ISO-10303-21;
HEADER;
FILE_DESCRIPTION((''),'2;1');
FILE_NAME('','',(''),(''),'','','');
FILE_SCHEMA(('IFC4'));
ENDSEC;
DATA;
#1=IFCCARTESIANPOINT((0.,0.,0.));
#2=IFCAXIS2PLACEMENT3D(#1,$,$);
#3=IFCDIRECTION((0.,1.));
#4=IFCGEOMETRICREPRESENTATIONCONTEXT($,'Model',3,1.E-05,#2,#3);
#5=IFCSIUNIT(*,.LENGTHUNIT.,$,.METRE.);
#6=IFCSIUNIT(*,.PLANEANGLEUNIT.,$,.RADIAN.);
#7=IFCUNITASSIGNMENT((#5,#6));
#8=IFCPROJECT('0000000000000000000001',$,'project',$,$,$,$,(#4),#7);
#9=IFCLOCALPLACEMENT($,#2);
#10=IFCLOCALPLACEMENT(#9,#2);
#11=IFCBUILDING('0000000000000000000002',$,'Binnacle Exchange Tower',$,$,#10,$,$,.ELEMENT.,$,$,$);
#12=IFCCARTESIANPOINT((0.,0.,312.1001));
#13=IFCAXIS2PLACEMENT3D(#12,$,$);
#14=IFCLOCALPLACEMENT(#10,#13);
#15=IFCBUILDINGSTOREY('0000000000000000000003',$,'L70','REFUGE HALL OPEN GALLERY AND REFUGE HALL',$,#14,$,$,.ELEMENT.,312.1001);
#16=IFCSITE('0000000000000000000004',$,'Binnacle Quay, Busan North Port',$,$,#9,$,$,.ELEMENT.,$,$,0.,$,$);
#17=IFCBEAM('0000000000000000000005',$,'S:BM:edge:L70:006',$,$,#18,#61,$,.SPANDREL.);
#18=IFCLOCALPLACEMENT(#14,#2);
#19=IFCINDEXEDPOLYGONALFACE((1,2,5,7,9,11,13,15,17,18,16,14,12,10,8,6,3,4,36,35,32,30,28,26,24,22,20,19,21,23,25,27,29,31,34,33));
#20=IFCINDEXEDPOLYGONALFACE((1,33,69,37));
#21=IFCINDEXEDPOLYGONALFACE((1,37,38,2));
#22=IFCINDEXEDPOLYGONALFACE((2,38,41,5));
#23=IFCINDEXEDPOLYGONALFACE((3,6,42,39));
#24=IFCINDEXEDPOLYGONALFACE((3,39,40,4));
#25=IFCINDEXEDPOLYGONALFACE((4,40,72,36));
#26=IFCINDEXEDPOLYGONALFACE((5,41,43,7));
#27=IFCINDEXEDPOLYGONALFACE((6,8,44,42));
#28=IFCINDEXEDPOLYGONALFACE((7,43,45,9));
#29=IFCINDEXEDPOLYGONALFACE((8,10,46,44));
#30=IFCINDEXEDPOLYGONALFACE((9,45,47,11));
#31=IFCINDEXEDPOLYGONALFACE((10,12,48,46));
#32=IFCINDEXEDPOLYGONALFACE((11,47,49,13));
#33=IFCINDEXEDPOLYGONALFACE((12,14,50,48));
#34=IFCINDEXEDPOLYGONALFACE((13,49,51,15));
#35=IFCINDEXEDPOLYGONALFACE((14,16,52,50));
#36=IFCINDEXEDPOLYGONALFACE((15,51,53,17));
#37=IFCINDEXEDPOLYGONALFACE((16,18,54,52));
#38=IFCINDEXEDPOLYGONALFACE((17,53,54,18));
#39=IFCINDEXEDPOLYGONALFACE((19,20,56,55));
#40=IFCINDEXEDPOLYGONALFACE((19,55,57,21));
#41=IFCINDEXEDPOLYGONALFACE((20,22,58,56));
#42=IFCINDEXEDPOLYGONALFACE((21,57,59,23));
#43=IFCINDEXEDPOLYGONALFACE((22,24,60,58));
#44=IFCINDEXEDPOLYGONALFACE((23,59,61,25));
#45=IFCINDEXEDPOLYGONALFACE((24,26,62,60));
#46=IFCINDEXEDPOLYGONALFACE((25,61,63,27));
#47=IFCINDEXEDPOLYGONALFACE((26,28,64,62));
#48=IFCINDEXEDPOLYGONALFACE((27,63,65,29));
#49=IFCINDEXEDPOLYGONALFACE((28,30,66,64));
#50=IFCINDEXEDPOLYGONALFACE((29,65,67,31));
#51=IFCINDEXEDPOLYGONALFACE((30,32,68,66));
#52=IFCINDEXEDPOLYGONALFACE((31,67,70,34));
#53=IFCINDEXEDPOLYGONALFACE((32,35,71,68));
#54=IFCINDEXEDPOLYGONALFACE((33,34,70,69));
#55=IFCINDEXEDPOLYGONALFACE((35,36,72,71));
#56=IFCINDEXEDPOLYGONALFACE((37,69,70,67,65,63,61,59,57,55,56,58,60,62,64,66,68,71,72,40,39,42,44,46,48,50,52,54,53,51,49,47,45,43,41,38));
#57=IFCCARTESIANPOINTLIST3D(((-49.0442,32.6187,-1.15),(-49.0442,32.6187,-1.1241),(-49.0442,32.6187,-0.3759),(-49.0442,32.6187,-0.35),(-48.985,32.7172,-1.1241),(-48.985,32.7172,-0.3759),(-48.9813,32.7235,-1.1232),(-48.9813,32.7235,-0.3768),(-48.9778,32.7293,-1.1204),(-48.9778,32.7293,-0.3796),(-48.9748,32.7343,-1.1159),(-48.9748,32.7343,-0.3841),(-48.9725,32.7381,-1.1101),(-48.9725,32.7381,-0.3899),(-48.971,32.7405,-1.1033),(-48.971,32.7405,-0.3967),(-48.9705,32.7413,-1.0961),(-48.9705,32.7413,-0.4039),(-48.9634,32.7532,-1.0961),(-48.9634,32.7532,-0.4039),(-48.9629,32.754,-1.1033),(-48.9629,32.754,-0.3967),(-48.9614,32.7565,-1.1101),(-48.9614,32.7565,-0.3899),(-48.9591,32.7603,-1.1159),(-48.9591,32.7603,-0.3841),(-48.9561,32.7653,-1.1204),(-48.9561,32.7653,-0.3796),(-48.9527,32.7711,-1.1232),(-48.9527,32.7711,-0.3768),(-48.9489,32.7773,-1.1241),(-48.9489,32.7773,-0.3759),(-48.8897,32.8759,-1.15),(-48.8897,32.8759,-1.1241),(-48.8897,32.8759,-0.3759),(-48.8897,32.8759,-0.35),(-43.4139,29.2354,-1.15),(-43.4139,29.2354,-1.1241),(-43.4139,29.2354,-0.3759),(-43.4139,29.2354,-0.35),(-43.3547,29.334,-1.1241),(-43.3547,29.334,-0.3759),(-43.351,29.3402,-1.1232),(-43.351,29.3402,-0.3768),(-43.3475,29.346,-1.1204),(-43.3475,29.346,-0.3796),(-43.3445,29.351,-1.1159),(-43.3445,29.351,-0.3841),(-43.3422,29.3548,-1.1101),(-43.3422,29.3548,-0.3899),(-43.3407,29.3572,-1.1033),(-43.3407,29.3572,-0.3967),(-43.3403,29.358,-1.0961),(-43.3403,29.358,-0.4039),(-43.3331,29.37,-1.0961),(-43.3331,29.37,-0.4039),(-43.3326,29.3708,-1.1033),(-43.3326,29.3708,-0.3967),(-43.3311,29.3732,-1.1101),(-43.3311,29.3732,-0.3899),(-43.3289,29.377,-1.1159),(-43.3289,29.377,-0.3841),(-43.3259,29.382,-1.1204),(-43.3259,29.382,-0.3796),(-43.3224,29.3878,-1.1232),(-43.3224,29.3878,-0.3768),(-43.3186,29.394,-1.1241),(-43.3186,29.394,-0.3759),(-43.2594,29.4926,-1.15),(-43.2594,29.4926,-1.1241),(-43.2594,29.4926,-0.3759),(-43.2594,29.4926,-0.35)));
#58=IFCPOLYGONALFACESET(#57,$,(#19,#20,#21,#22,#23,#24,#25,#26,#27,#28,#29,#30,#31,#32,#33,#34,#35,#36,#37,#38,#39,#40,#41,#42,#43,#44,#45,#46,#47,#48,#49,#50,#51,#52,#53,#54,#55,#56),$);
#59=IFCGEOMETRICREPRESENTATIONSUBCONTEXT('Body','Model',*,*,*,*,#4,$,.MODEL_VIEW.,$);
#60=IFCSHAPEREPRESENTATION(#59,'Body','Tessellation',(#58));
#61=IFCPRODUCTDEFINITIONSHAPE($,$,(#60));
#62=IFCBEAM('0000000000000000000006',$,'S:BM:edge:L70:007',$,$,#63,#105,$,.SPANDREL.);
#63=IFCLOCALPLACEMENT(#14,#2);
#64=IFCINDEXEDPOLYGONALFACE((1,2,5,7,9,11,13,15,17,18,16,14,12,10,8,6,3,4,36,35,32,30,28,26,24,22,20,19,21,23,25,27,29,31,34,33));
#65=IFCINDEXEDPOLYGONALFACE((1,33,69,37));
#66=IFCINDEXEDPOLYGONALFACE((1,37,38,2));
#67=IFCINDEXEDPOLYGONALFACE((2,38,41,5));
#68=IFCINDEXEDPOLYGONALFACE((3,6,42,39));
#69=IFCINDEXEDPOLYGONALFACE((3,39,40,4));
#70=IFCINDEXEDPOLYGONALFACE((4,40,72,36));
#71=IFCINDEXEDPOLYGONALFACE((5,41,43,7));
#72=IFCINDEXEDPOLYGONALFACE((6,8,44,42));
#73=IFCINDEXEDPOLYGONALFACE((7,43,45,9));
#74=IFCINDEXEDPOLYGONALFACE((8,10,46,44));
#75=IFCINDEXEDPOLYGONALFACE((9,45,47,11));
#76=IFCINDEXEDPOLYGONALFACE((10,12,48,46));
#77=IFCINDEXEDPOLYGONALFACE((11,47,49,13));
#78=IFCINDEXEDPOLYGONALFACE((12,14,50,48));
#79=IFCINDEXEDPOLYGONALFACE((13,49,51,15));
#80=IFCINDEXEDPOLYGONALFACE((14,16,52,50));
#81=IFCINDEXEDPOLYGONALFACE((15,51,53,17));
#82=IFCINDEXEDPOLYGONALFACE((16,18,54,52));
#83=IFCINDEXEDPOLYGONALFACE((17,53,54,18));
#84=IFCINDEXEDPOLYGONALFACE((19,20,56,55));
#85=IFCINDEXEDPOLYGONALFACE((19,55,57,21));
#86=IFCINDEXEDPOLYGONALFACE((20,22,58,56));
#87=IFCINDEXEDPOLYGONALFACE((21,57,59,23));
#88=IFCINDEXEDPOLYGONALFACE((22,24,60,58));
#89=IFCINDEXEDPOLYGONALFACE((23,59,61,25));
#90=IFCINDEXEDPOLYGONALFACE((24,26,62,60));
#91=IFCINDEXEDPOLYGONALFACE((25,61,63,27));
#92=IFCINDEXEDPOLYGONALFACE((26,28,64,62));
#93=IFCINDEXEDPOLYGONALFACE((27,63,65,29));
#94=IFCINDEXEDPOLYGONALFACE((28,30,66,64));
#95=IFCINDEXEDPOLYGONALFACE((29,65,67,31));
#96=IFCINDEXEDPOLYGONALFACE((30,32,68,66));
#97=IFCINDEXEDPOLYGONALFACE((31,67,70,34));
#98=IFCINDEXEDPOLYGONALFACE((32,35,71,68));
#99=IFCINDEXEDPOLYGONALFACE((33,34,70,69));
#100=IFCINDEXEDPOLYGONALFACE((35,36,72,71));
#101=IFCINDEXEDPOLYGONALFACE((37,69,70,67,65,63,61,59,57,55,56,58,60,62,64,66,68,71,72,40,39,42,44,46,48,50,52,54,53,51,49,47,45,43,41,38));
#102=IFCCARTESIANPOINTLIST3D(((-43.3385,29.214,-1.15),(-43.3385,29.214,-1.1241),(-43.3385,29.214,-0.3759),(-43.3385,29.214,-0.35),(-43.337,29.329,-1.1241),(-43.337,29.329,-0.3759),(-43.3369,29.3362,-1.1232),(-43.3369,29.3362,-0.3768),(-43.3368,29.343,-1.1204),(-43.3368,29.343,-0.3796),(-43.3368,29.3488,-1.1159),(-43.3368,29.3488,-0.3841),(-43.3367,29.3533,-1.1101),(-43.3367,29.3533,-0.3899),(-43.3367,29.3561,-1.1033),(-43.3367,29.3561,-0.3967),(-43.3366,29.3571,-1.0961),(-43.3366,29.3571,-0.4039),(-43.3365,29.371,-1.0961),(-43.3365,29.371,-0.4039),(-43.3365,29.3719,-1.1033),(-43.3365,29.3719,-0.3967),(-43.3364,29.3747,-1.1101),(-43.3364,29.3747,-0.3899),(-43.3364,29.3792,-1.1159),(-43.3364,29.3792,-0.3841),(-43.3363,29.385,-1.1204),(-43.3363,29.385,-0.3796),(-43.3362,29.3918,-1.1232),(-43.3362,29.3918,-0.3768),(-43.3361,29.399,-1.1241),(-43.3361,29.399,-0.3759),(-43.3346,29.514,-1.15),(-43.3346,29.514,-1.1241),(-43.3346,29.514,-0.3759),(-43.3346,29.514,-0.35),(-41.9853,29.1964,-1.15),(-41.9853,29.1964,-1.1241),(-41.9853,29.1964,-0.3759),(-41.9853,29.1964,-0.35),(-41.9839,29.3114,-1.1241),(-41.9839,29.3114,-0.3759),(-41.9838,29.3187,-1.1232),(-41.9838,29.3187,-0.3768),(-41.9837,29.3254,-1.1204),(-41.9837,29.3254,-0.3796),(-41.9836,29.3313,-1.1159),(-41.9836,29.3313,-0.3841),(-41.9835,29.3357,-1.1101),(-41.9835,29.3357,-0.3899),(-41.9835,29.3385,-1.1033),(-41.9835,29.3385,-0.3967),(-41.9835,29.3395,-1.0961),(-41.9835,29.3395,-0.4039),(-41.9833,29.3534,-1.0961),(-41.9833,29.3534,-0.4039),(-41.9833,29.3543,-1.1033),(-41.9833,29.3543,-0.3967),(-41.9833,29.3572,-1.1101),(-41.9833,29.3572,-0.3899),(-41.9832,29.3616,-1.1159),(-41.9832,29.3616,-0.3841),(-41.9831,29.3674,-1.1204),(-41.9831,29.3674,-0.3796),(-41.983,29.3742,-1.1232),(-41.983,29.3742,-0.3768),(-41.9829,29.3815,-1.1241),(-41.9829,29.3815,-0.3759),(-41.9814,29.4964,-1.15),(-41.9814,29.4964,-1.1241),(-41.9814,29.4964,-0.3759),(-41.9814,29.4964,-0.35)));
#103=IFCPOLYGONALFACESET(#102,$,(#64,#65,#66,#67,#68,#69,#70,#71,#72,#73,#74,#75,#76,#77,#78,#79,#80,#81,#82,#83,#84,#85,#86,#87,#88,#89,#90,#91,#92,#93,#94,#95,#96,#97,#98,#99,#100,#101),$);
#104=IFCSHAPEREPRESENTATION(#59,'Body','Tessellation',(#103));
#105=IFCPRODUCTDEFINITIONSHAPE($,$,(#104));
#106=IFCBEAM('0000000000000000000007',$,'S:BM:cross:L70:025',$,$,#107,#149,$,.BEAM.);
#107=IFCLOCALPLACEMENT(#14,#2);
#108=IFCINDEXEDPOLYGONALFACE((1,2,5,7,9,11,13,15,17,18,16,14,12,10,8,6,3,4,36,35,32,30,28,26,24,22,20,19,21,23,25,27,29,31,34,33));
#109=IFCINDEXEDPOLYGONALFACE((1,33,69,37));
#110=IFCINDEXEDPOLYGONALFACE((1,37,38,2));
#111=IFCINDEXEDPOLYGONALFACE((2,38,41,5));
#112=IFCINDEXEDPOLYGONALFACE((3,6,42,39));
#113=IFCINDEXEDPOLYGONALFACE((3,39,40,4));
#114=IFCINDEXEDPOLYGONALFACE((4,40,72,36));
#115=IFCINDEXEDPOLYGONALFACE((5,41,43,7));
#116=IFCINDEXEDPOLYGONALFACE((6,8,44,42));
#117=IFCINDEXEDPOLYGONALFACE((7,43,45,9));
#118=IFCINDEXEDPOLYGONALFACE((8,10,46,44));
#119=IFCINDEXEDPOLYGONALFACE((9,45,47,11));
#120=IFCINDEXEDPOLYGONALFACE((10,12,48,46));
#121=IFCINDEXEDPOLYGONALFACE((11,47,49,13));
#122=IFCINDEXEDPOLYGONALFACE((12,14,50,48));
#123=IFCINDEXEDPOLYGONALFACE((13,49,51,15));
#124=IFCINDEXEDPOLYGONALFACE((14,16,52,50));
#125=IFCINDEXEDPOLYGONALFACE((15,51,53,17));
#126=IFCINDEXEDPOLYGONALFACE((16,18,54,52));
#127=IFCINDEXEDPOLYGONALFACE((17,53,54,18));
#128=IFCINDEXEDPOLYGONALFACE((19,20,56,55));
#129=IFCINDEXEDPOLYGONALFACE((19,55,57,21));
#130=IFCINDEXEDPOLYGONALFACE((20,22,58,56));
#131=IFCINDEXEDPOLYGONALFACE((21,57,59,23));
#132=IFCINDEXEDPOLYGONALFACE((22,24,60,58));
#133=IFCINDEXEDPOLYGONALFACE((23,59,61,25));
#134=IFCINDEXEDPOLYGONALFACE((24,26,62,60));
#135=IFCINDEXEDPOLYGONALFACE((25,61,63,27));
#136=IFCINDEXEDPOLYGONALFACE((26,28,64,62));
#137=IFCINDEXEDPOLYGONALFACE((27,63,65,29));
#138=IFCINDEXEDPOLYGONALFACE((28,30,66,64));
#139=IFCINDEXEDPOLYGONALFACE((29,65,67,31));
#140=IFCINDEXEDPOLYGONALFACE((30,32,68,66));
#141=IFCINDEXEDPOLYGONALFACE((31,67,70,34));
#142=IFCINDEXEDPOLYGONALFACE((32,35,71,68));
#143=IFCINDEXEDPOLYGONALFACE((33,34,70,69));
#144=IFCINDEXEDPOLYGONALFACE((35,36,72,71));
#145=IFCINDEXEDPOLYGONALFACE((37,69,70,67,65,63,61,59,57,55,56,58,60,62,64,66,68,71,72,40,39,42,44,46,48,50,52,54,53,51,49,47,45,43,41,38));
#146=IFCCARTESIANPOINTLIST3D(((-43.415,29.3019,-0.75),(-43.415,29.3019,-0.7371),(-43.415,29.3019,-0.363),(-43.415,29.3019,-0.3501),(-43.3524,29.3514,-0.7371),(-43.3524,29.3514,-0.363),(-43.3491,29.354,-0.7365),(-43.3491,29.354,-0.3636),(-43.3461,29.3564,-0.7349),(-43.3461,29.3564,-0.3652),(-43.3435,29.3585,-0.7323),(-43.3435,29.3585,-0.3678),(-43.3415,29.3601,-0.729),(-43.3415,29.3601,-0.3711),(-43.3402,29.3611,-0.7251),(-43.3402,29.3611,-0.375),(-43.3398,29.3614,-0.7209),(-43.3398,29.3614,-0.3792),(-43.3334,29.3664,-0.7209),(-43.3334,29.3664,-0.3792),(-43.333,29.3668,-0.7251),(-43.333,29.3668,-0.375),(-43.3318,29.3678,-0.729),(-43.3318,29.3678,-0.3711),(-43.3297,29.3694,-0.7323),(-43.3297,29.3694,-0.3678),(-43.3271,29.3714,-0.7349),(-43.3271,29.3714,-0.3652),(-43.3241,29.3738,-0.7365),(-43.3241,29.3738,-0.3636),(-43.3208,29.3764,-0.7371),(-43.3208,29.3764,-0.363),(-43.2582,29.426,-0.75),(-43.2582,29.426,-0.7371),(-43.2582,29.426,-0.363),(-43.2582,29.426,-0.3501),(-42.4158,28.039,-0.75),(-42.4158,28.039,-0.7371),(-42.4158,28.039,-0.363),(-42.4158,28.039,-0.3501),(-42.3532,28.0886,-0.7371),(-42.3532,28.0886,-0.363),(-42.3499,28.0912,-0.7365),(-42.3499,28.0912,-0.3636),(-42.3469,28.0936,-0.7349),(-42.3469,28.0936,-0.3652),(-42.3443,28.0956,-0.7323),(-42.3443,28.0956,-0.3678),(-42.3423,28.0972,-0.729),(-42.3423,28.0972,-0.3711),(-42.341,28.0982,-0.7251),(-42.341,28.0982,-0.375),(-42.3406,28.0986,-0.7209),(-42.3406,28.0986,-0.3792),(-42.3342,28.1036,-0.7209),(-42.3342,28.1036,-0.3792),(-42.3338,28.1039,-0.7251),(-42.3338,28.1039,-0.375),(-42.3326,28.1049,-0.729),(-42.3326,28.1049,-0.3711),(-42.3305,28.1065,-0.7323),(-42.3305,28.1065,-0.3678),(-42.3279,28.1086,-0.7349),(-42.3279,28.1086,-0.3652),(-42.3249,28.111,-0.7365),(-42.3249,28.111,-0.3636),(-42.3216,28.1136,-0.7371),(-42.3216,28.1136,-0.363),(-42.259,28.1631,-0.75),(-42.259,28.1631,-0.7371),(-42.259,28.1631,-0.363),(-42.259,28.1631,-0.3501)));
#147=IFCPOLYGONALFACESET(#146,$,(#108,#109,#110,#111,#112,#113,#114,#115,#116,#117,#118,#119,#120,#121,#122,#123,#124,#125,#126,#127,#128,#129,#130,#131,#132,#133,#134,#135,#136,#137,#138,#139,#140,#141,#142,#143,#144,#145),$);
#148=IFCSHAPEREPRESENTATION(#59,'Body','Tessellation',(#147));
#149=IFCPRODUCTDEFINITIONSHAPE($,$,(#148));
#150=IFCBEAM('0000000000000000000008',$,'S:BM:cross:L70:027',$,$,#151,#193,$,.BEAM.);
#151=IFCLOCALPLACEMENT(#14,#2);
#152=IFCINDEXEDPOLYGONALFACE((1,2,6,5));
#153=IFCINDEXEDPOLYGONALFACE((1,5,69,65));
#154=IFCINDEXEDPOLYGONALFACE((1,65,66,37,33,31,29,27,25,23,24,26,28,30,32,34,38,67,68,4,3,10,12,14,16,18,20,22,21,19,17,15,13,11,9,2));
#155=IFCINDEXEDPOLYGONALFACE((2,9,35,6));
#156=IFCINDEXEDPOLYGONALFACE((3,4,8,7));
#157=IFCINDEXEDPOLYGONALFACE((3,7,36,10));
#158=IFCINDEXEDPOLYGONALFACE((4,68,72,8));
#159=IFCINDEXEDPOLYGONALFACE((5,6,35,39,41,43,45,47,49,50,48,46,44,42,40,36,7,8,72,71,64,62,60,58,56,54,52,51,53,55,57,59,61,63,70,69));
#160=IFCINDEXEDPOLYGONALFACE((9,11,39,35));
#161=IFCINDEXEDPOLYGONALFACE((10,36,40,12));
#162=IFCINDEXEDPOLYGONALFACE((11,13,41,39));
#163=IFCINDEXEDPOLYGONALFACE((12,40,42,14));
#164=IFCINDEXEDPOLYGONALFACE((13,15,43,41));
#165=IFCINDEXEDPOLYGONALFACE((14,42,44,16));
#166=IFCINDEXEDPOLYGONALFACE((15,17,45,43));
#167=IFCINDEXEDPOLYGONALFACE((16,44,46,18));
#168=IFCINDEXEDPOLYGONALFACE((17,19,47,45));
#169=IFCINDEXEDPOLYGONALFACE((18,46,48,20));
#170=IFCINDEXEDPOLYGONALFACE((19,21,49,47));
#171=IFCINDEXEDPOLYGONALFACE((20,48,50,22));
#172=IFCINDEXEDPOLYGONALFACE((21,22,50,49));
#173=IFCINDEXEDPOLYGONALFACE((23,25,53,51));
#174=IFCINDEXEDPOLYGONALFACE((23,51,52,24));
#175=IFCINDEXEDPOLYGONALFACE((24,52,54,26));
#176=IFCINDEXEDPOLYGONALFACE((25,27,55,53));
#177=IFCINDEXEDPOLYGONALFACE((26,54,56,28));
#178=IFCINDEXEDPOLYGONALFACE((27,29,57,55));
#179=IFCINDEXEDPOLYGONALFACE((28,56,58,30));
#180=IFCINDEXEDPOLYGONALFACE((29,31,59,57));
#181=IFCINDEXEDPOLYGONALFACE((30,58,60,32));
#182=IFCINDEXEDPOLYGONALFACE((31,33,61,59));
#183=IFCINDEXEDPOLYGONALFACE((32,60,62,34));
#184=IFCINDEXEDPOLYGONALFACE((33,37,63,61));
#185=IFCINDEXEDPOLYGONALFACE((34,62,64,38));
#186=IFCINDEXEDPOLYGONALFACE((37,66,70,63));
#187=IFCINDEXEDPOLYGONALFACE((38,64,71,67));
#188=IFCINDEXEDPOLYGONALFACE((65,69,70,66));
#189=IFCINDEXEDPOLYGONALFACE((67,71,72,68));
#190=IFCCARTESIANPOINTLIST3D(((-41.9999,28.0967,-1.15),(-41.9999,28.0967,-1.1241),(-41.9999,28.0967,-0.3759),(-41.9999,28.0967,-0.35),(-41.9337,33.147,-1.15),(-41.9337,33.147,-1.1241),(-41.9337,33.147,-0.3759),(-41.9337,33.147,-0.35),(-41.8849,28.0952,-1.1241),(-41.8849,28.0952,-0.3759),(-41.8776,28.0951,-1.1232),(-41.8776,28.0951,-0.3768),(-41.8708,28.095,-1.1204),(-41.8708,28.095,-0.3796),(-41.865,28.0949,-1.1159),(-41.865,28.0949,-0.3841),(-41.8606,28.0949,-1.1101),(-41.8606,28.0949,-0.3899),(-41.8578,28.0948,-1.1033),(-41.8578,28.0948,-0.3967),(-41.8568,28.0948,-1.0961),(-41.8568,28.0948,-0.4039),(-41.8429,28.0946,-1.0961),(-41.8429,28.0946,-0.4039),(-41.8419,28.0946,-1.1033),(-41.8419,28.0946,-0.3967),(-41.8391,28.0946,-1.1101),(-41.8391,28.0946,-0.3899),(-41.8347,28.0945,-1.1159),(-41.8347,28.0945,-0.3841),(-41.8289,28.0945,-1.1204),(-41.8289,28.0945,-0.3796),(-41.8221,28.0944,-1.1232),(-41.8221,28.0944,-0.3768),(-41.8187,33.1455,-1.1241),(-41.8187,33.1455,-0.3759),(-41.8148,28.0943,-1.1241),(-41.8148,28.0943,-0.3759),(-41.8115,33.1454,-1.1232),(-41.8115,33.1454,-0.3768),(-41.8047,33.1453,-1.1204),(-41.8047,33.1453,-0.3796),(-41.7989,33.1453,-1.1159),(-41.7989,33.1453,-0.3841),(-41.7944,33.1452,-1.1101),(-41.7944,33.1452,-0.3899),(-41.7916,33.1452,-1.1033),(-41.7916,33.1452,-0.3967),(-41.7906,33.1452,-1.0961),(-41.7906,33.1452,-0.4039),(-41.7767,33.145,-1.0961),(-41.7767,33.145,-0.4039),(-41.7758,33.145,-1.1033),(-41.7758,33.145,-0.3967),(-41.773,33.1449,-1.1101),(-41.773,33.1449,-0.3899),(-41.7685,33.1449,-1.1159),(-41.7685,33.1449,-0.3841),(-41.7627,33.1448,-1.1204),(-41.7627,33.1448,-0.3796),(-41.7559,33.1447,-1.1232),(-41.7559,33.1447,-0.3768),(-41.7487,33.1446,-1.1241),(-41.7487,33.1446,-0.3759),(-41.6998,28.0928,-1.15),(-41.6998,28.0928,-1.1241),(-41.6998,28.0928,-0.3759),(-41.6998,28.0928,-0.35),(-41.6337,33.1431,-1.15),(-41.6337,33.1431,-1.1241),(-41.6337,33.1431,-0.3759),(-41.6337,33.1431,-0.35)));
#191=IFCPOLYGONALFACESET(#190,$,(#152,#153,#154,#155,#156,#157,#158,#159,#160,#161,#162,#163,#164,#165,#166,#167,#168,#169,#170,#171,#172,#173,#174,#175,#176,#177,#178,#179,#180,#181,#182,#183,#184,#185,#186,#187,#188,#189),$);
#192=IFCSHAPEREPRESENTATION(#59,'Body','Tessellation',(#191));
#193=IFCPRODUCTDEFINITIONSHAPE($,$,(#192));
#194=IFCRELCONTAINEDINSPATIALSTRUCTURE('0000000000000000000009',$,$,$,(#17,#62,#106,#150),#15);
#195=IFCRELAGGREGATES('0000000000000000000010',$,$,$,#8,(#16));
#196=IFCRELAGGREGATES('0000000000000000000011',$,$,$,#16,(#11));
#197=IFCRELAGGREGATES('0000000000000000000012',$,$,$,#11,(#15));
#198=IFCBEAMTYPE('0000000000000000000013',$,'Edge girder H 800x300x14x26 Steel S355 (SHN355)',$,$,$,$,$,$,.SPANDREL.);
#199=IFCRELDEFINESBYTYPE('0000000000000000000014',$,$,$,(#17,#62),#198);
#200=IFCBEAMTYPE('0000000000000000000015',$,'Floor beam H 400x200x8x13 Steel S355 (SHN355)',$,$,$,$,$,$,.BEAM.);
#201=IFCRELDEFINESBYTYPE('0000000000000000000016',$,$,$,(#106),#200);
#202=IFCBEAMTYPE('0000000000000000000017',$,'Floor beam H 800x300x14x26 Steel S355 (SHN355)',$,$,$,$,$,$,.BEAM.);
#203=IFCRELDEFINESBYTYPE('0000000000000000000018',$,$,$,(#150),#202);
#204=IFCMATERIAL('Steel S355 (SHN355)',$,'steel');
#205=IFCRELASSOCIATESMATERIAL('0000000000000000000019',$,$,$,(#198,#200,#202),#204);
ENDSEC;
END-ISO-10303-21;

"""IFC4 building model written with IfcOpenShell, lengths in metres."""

from ifc_helpers import new_model, si_unit, direction, frame, origin, origin_2d, place, context, subcontext, project, spatial, i_section, extrude, material, material_profile, profile_set, type_object, element, save


model = new_model("IFC4")

# Units and contexts
model_context = context("Model", 3, precision=1e-05, world=origin(), true_north=direction((0.0, 1.0)))
body_context = subcontext(model_context, "Body", "Model", "MODEL_VIEW")
ifc_project = project(units=[si_unit("LENGTHUNIT", "METRE"), si_unit("PLANEANGLEUNIT", "RADIAN")], contexts=[model_context])

# Site, building, storey
site_placement = place(None, origin())
site = spatial("IfcSite", under=ifc_project, at=site_placement, Name="Binnacle Quay, Busan North Port", CompositionType="ELEMENT", RefElevation=0.0)
building_placement = place(site_placement, origin())
building = spatial("IfcBuilding", under=site, at=building_placement, Name="Binnacle Exchange Tower", CompositionType="ELEMENT")
storey_placement = place(building_placement, frame((0.0, 0.0, 312.1001)))
storey = spatial("IfcBuildingStorey", under=building, at=storey_placement, Name="L70", Description="REFUGE HALL OPEN GALLERY AND REFUGE HALL", CompositionType="ELEMENT", Elevation=312.1001)

# Shared definitions
ifc_material_1 = material(Name="Steel S355 (SHN355)", Category="steel")

# Beams
ifc_material_profile_1 = material_profile(ifc_material_1, i_section(OverallWidth=0.3, OverallDepth=0.8, WebThickness=0.0139, FlangeThickness=0.0259, FilletRadius=0.0281, at=origin_2d()), Name="H 800x300x14x26")
ifc_profile_set_1 = profile_set([ifc_material_profile_1], Name="Steel S355 (SHN355)")
beam_type_1 = type_object("IfcBeamType", Name="Edge girder H 800x300x14x26 Steel S355 (SHN355)", PredefinedType="SPANDREL", material=ifc_profile_set_1)
beam_1_placement = place(storey_placement, frame((-43.3367, 29.364, -0.75), z_axis=(-0.857152, 0.515064, 0.0), x_axis=(-0.515064, -0.857152, 0.0)))
element("IfcBeam", 1, at=beam_1_placement, inside=storey, type_object=beam_type_1, Name="S:BM:edge:L70:006", PredefinedType="SPANDREL", context=body_context, shape_type="SweptSolid", body=[
    extrude(i_section(OverallWidth=0.3, OverallDepth=0.8, WebThickness=0.0139, FlangeThickness=0.0259, FilletRadius=0.0281, at=origin_2d()), origin(), (0.0, 0.0, 1.0), 6.5686),
])
beam_2_placement = place(storey_placement, frame((-41.9834, 29.3464, -0.75), z_axis=(-0.999916, 0.012988, 0.0), x_axis=(-0.012988, -0.999916, 0.0)))
element("IfcBeam", 2, at=beam_2_placement, inside=storey, type_object=beam_type_1, Name="S:BM:edge:L70:007", PredefinedType="SPANDREL", context=body_context, shape_type="SweptSolid", body=[
    extrude(i_section(OverallWidth=0.3, OverallDepth=0.8, WebThickness=0.0139, FlangeThickness=0.0259, FilletRadius=0.0281, at=origin_2d()), origin(), (0.0, 0.0, 1.0), 1.3533),
])
ifc_material_profile_2 = material_profile(ifc_material_1, i_section(OverallWidth=0.2, OverallDepth=0.3999, WebThickness=0.0081, FlangeThickness=0.0129, FilletRadius=0.0161, at=origin_2d()), Name="H 400x200x8x13")
ifc_profile_set_2 = profile_set([ifc_material_profile_2], Name="Steel S355 (SHN355)")
beam_type_2 = type_object("IfcBeamType", Name="Floor beam H 400x200x8x13 Steel S355 (SHN355)", PredefinedType="BEAM", material=ifc_profile_set_2)
beam_3_placement = place(storey_placement, frame((-42.3374, 28.1011, -0.55), z_axis=(-0.620489, 0.784215, 0.0), x_axis=(-0.784215, -0.620489, 0.0)))
element("IfcBeam", 3, at=beam_3_placement, inside=storey, type_object=beam_type_2, Name="S:BM:cross:L70:025", PredefinedType="BEAM", context=body_context, shape_type="SweptSolid", body=[
    extrude(i_section(OverallWidth=0.2, OverallDepth=0.3999, WebThickness=0.0081, FlangeThickness=0.0129, FilletRadius=0.0161, at=origin_2d()), origin(), (0.0, 0.0, 1.0), 1.6104),
])
ifc_material_profile_3 = material_profile(ifc_material_1, i_section(OverallWidth=0.3, OverallDepth=0.8, WebThickness=0.0139, FlangeThickness=0.0259, FilletRadius=0.0281, at=origin_2d()), Name="H 800x300x14x26")
ifc_profile_set_3 = profile_set([ifc_material_profile_3], Name="Steel S355 (SHN355)")
beam_type_3 = type_object("IfcBeamType", Name="Floor beam H 800x300x14x26 Steel S355 (SHN355)", PredefinedType="BEAM", material=ifc_profile_set_3)
beam_4_placement = place(storey_placement, frame((-41.8499, 28.0947, -0.75), z_axis=(0.0131, 0.999914, 0.0), x_axis=(-0.999914, 0.0131, 0.0)))
element("IfcBeam", 4, at=beam_4_placement, inside=storey, type_object=beam_type_3, Name="S:BM:cross:L70:027", PredefinedType="BEAM", context=body_context, shape_type="SweptSolid", body=[
    extrude(i_section(OverallWidth=0.3, OverallDepth=0.8, WebThickness=0.0139, FlangeThickness=0.0259, FilletRadius=0.0281, at=origin_2d()), origin(), (0.0, 0.0, 1.0), 5.0508),
])

save(model, "model.ifc")
